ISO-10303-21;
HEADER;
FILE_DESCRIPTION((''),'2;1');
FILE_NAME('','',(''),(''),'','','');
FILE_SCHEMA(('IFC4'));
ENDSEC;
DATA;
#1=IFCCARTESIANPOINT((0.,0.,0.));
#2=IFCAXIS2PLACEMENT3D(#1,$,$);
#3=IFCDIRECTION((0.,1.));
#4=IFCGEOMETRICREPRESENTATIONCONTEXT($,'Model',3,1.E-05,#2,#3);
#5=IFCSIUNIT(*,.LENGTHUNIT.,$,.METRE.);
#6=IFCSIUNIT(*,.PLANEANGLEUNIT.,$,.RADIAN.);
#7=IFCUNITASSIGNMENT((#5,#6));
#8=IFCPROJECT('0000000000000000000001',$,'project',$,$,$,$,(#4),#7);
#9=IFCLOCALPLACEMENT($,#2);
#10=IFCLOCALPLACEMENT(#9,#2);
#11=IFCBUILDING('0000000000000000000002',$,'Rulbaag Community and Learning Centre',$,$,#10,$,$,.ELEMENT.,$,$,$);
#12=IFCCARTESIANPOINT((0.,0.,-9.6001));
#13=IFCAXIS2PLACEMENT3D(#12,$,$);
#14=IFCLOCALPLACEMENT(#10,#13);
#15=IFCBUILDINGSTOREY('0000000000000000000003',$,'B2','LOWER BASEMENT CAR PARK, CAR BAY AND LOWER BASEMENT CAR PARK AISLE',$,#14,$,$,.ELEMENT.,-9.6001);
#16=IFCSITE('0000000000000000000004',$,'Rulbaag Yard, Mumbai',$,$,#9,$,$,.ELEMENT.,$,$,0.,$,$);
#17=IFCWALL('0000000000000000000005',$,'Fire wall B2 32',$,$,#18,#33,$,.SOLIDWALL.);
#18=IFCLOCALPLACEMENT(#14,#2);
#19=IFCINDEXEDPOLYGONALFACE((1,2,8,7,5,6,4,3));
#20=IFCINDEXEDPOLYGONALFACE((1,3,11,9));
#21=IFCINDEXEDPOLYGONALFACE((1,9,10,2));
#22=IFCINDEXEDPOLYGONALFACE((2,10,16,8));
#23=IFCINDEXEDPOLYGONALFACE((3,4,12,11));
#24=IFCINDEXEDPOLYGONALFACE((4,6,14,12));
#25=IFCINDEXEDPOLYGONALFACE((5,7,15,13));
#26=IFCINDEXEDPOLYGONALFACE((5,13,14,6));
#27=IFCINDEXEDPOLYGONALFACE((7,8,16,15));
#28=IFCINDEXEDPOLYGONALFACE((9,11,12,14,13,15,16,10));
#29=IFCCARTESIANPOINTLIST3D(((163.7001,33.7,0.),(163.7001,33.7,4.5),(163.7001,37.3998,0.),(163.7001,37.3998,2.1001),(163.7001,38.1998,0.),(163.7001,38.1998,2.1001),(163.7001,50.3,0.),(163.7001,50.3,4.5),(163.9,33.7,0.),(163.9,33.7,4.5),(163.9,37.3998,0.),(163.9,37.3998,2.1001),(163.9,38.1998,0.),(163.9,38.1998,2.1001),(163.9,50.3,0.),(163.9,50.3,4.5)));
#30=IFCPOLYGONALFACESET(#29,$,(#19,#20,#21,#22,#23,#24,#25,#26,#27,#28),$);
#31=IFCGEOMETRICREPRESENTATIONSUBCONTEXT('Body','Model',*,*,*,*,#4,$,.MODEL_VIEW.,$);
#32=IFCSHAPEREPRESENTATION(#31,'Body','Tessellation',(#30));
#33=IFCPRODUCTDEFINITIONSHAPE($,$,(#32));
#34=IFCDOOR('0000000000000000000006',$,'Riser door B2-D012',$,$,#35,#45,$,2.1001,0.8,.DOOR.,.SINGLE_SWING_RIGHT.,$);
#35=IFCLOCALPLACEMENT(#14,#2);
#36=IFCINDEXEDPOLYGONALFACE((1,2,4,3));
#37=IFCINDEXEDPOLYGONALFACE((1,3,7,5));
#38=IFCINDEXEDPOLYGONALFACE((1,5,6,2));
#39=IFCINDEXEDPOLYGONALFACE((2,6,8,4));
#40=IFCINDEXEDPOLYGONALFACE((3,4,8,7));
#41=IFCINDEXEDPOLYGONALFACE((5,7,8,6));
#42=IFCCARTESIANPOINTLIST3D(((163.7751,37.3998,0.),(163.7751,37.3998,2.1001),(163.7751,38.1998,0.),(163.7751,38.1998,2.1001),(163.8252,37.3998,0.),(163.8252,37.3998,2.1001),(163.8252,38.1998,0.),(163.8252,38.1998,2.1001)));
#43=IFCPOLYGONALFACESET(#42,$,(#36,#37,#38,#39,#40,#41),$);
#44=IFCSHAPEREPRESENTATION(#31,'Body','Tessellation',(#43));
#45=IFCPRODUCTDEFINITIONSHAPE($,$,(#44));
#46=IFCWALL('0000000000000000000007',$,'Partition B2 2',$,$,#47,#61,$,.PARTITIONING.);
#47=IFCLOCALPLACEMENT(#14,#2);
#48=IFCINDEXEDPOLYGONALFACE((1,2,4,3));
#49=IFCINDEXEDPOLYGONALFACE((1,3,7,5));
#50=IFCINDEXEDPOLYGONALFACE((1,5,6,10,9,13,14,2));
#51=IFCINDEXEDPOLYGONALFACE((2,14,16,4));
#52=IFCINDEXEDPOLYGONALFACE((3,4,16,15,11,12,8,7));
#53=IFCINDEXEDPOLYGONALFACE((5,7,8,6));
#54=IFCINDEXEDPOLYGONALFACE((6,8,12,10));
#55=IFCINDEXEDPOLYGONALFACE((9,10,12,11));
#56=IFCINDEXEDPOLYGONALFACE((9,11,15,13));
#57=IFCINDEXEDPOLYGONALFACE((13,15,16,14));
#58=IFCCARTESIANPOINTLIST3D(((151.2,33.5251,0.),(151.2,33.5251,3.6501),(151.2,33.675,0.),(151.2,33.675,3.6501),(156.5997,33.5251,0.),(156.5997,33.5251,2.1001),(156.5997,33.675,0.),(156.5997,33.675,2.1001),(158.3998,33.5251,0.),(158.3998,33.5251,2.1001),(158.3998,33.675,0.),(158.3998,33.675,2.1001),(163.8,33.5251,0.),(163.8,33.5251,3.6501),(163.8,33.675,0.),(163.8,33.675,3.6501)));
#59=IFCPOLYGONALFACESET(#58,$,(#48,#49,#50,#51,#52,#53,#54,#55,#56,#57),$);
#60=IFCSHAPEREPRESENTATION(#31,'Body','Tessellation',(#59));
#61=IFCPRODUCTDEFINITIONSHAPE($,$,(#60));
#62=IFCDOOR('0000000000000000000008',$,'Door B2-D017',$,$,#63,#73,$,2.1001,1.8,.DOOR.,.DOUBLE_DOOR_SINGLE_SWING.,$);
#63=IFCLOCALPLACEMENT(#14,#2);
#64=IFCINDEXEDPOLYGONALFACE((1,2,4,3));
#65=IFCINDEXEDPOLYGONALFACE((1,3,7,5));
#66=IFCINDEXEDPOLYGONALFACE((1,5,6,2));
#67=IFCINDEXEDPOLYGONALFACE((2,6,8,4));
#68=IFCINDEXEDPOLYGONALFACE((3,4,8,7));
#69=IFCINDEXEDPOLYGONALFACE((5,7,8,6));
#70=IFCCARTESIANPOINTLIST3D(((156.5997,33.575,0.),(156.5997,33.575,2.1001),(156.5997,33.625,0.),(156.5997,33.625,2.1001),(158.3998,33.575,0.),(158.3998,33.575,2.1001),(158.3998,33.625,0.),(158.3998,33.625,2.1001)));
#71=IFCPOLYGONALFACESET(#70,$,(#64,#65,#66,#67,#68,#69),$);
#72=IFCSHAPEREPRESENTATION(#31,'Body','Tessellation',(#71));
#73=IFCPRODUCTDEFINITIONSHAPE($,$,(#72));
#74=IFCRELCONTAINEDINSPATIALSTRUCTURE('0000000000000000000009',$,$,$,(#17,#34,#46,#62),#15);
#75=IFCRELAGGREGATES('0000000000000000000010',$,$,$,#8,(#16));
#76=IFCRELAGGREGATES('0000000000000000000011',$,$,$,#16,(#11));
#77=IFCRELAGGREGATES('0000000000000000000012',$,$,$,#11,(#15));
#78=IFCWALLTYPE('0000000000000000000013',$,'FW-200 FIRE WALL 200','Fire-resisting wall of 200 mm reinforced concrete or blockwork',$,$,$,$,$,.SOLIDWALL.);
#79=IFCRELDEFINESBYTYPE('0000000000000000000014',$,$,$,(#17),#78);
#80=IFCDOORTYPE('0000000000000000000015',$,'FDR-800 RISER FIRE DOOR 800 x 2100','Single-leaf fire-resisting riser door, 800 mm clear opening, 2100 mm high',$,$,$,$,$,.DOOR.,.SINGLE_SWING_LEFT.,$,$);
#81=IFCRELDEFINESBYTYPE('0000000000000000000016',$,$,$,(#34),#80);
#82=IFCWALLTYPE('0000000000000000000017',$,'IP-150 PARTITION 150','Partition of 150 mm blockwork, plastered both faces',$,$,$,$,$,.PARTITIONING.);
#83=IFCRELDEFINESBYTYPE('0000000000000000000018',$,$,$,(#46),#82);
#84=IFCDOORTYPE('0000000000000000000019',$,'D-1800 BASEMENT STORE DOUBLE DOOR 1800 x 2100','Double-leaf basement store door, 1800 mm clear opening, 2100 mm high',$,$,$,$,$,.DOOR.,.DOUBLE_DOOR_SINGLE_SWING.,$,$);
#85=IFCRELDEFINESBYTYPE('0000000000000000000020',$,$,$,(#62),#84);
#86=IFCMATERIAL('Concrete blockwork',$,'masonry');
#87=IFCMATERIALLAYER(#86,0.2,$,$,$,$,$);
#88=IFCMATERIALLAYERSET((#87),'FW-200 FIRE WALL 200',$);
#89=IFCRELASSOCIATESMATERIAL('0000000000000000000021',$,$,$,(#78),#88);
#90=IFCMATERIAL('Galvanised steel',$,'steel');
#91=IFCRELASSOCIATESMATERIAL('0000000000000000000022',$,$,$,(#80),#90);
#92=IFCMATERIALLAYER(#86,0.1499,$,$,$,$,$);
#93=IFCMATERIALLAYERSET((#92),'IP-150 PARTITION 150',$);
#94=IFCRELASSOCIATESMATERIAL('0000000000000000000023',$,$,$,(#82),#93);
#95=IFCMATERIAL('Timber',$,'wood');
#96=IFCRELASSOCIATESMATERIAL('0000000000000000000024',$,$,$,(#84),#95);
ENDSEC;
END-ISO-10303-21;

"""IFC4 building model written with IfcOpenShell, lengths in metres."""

from ifc_helpers import new_model, si_unit, direction, frame, frame_2d, origin, place, context, subcontext, project, spatial, rectangle, extrude, material, layer, layer_set, type_object, element, fill, save


model = new_model("IFC4")

# Units and contexts
model_context = context("Model", 3, precision=1e-05, world=origin(), true_north=direction((0.0, 1.0)))
body_context = subcontext(model_context, "Body", "Model", "MODEL_VIEW")
ifc_project = project(units=[si_unit("LENGTHUNIT", "METRE"), si_unit("PLANEANGLEUNIT", "RADIAN")], contexts=[model_context])

# Site, building, storey
site_placement = place(None, origin())
site = spatial("IfcSite", under=ifc_project, at=site_placement, Name="Rulbaag Yard, Mumbai", CompositionType="ELEMENT", RefElevation=0.0)
building_placement = place(site_placement, origin())
building = spatial("IfcBuilding", under=site, at=building_placement, Name="Rulbaag Community and Learning Centre", CompositionType="ELEMENT")
storey_placement = place(building_placement, frame((0.0, 0.0, -9.6001)))
storey = spatial("IfcBuildingStorey", under=building, at=storey_placement, Name="B2", Description="LOWER BASEMENT CAR PARK, CAR BAY AND LOWER BASEMENT CAR PARK AISLE", CompositionType="ELEMENT", Elevation=-9.6001)

# Shared definitions
ifc_material_1 = material(Name="Concrete blockwork", Category="masonry")
ifc_layer_1 = layer(ifc_material_1, 0.2)
ifc_layer_set_1 = layer_set([ifc_layer_1], Name="FW-200 FIRE WALL 200")
wall_type_1 = type_object("IfcWallType", Name="FW-200 FIRE WALL 200", Description="Fire-resisting wall of 200 mm reinforced concrete or blockwork", PredefinedType="SOLIDWALL", material=ifc_layer_set_1)

# Walls, openings, doors
wall_1_placement = place(storey_placement, frame((163.8, 33.7, 0.0), z_axis=(0.0, 0.0, 1.0), x_axis=(0.0, 1.0, 0.0)))
wall_1 = element("IfcWall", 1, at=wall_1_placement, inside=storey, type_object=wall_type_1, Name="Fire wall B2 32", PredefinedType="SOLIDWALL", context=body_context, shape_type="SweptSolid", body=[
    extrude(rectangle(XDim=16.6001, YDim=0.2, at=frame_2d((8.3, 0.0))), origin(), (0.0, 0.0, 1.0), 4.5),
])
opening_1_placement = place(wall_1_placement, frame((3.7, 0.0, 0.0)))
opening_1 = element("IfcOpeningElement", 2, at=opening_1_placement, cuts=wall_1, PredefinedType="OPENING", context=body_context, shape_type="SweptSolid", body=[
    extrude(rectangle(XDim=0.8, YDim=2.1001, at=frame_2d((0.3999, 1.05))), frame((0.0, 0.1099, 0.0), z_axis=(0.0, -1.0, 0.0), x_axis=(1.0, 0.0, 0.0)), (0.0, 0.0, 1.0), 0.22),
])
ifc_material_2 = material(Name="Galvanised steel", Category="steel")
door_type_1 = type_object("IfcDoorType", Name="FDR-800 RISER FIRE DOOR 800 x 2100", Description="Single-leaf fire-resisting riser door, 800 mm clear opening, 2100 mm high", OperationType="SINGLE_SWING_LEFT", PredefinedType="DOOR", material=ifc_material_2)
door_1_placement = place(opening_1_placement, origin())
door_1 = element("IfcDoor", 3, at=door_1_placement, inside=storey, type_object=door_type_1, Name="Riser door B2-D012", OperationType="SINGLE_SWING_RIGHT", OverallHeight=2.1001, OverallWidth=0.8, PredefinedType="DOOR", context=body_context, shape_type="SweptSolid", body=[
    extrude(rectangle(XDim=0.8, YDim=2.1001, at=frame_2d((0.3999, 1.05))), frame((0.0, 0.0249, 0.0), z_axis=(0.0, -1.0, 0.0), x_axis=(1.0, 0.0, 0.0)), (0.0, 0.0, 1.0), 0.05),
])
fill(opening_1, door_1)
ifc_layer_2 = layer(ifc_material_1, 0.1499)
ifc_layer_set_2 = layer_set([ifc_layer_2], Name="IP-150 PARTITION 150")
wall_type_2 = type_object("IfcWallType", Name="IP-150 PARTITION 150", Description="Partition of 150 mm blockwork, plastered both faces", PredefinedType="PARTITIONING", material=ifc_layer_set_2)
wall_2_placement = place(storey_placement, frame((151.2, 33.6001, 0.0), z_axis=(0.0, 0.0, 1.0), x_axis=(1.0, 0.0, 0.0)))
wall_2 = element("IfcWall", 4, at=wall_2_placement, inside=storey, type_object=wall_type_2, Name="Partition B2 2", PredefinedType="PARTITIONING", context=body_context, shape_type="SweptSolid", body=[
    extrude(rectangle(XDim=12.6001, YDim=0.1499, at=frame_2d((6.3, 0.0))), origin(), (0.0, 0.0, 1.0), 3.6501),
])
opening_2_placement = place(wall_2_placement, frame((5.3999, 0.0, 0.0)))
opening_2 = element("IfcOpeningElement", 5, at=opening_2_placement, cuts=wall_2, PredefinedType="OPENING", context=body_context, shape_type="SweptSolid", body=[
    extrude(rectangle(XDim=1.8, YDim=2.1001, at=frame_2d((0.8999, 1.05))), frame((0.0, 0.085, 0.0), z_axis=(0.0, -1.0, 0.0), x_axis=(1.0, 0.0, 0.0)), (0.0, 0.0, 1.0), 0.1699),
])
ifc_material_3 = material(Name="Timber", Category="wood")
door_type_2 = type_object("IfcDoorType", Name="D-1800 BASEMENT STORE DOUBLE DOOR 1800 x 2100", Description="Double-leaf basement store door, 1800 mm clear opening, 2100 mm high", OperationType="DOUBLE_DOOR_SINGLE_SWING", PredefinedType="DOOR", material=ifc_material_3)
door_2_placement = place(opening_2_placement, origin())
door_2 = element("IfcDoor", 6, at=door_2_placement, inside=storey, type_object=door_type_2, Name="Door B2-D017", OperationType="DOUBLE_DOOR_SINGLE_SWING", OverallHeight=2.1001, OverallWidth=1.8, PredefinedType="DOOR", context=body_context, shape_type="SweptSolid", body=[
    extrude(rectangle(XDim=1.8, YDim=2.1001, at=frame_2d((0.8999, 1.05))), frame((0.0, 0.0249, 0.0), z_axis=(0.0, -1.0, 0.0), x_axis=(1.0, 0.0, 0.0)), (0.0, 0.0, 1.0), 0.05),
])
fill(opening_2, door_2)

save(model, "model.ifc")
